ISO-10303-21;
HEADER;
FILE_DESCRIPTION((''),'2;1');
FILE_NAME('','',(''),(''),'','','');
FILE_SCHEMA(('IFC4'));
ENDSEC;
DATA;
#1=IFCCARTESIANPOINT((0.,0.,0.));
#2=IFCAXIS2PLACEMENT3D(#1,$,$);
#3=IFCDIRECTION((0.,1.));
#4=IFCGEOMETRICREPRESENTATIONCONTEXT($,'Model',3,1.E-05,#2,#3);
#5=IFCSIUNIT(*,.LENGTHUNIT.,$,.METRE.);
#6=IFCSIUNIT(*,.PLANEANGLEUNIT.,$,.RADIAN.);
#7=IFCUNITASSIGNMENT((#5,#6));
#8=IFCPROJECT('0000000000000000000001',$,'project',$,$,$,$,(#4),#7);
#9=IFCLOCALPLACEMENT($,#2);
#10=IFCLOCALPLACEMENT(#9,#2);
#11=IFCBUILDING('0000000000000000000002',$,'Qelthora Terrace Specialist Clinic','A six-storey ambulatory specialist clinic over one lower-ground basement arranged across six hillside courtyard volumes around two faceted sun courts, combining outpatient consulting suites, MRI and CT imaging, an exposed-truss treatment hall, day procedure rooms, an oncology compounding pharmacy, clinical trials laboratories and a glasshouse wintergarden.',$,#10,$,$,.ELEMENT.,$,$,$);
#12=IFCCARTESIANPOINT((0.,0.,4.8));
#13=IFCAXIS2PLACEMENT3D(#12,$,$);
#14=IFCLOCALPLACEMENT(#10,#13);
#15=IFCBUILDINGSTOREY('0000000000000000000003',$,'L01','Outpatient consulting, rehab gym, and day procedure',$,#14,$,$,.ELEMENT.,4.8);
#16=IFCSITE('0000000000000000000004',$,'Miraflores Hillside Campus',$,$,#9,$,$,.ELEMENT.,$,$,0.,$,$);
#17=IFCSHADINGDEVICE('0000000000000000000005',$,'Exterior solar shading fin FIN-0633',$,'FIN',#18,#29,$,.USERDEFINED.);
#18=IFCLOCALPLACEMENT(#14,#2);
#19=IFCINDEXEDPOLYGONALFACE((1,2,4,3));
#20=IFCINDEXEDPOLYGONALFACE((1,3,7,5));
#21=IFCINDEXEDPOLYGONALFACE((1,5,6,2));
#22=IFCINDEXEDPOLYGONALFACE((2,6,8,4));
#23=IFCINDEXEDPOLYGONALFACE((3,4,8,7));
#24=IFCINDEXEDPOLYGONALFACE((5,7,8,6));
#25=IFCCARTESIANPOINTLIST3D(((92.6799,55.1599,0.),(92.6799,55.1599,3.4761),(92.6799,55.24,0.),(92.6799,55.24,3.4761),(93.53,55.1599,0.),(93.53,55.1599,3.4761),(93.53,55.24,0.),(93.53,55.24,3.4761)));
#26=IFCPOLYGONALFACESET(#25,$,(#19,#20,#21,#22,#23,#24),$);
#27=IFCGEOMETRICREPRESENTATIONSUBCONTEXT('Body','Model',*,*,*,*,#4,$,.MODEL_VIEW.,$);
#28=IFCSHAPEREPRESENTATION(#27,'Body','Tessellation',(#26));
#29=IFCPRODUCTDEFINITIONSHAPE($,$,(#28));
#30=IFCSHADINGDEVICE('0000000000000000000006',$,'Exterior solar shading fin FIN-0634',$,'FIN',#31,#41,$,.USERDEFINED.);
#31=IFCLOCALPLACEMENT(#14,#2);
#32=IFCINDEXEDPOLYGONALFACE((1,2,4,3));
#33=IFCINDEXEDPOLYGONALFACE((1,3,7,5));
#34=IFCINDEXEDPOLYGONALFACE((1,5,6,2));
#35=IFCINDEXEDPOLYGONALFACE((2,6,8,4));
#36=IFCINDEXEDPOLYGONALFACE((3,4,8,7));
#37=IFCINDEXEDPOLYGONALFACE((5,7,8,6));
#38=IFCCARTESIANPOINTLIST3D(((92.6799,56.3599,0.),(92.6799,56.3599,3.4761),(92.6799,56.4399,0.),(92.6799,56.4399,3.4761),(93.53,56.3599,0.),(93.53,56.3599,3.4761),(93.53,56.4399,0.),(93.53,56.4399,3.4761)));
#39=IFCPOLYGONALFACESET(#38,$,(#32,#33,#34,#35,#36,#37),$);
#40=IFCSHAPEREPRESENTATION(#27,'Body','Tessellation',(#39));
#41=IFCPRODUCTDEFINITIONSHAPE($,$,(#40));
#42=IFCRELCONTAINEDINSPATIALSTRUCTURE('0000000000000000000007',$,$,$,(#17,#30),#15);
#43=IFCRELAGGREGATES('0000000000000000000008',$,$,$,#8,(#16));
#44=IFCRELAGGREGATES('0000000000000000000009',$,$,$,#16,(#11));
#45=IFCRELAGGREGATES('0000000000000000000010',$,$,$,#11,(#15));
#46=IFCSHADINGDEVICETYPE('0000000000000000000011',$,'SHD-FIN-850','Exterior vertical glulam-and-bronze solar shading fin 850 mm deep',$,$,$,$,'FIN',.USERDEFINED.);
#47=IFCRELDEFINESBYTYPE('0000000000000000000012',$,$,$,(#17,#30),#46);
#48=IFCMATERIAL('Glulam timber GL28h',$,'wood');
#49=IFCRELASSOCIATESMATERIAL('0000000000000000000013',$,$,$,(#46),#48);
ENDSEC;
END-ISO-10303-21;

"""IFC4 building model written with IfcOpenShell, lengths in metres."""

from ifc_helpers import new_model, si_unit, direction, frame, origin, origin_2d, place, context, subcontext, project, spatial, rectangle, extrude, material, type_object, element, save


model = new_model("IFC4")

# Units and contexts
model_context = context("Model", 3, precision=1e-05, world=origin(), true_north=direction((0.0, 1.0)))
body_context = subcontext(model_context, "Body", "Model", "MODEL_VIEW")
ifc_project = project(units=[si_unit("LENGTHUNIT", "METRE"), si_unit("PLANEANGLEUNIT", "RADIAN")], contexts=[model_context])

# Site, building, storey
site_placement = place(None, origin())
site = spatial("IfcSite", under=ifc_project, at=site_placement, Name="Miraflores Hillside Campus", CompositionType="ELEMENT", RefElevation=0.0)
building_placement = place(site_placement, origin())
building = spatial("IfcBuilding", under=site, at=building_placement, Name="Qelthora Terrace Specialist Clinic", Description="A six-storey ambulatory specialist clinic over one lower-ground basement arranged across six hillside courtyard volumes around two faceted sun courts, combining outpatient consulting suites, MRI and CT imaging, an exposed-truss treatment hall, day procedure rooms, an oncology compounding pharmacy, clinical trials laboratories and a glasshouse wintergarden.", CompositionType="ELEMENT")
storey_placement = place(building_placement, frame((0.0, 0.0, 4.8)))
storey = spatial("IfcBuildingStorey", under=building, at=storey_placement, Name="L01", Description="Outpatient consulting, rehab gym, and day procedure", CompositionType="ELEMENT", Elevation=4.8)

# Shading devices
ifc_material_1 = material(Name="Glulam timber GL28h", Category="wood")
shading_device_type = type_object("IfcShadingDeviceType", Name="SHD-FIN-850", Description="Exterior vertical glulam-and-bronze solar shading fin 850 mm deep", ElementType="FIN", PredefinedType="USERDEFINED", material=ifc_material_1)
for number, where, z_axis, x_axis, name in (
    (1, (93.105, 55.2, 0.0), (0.0, 0.0, 1.0), (-1.0, 0.0, 0.0), "Exterior solar shading fin FIN-0633"),
    (2, (93.105, 56.3999, 0.0), (0.0, 0.0, 1.0), (-1.0, 0.0, 0.0), "Exterior solar shading fin FIN-0634"),
):
    element("IfcShadingDevice", number, at=place(storey_placement, frame(where, z_axis=z_axis, x_axis=x_axis)), inside=storey, type_object=shading_device_type, Name=name, ObjectType="FIN", PredefinedType="USERDEFINED", context=body_context, shape_type="SweptSolid", body=[
        extrude(rectangle(XDim=0.8501, YDim=0.0801, at=origin_2d()), origin(), (0.0, 0.0, 1.0), 3.4761),
    ])

save(model, "model.ifc")
